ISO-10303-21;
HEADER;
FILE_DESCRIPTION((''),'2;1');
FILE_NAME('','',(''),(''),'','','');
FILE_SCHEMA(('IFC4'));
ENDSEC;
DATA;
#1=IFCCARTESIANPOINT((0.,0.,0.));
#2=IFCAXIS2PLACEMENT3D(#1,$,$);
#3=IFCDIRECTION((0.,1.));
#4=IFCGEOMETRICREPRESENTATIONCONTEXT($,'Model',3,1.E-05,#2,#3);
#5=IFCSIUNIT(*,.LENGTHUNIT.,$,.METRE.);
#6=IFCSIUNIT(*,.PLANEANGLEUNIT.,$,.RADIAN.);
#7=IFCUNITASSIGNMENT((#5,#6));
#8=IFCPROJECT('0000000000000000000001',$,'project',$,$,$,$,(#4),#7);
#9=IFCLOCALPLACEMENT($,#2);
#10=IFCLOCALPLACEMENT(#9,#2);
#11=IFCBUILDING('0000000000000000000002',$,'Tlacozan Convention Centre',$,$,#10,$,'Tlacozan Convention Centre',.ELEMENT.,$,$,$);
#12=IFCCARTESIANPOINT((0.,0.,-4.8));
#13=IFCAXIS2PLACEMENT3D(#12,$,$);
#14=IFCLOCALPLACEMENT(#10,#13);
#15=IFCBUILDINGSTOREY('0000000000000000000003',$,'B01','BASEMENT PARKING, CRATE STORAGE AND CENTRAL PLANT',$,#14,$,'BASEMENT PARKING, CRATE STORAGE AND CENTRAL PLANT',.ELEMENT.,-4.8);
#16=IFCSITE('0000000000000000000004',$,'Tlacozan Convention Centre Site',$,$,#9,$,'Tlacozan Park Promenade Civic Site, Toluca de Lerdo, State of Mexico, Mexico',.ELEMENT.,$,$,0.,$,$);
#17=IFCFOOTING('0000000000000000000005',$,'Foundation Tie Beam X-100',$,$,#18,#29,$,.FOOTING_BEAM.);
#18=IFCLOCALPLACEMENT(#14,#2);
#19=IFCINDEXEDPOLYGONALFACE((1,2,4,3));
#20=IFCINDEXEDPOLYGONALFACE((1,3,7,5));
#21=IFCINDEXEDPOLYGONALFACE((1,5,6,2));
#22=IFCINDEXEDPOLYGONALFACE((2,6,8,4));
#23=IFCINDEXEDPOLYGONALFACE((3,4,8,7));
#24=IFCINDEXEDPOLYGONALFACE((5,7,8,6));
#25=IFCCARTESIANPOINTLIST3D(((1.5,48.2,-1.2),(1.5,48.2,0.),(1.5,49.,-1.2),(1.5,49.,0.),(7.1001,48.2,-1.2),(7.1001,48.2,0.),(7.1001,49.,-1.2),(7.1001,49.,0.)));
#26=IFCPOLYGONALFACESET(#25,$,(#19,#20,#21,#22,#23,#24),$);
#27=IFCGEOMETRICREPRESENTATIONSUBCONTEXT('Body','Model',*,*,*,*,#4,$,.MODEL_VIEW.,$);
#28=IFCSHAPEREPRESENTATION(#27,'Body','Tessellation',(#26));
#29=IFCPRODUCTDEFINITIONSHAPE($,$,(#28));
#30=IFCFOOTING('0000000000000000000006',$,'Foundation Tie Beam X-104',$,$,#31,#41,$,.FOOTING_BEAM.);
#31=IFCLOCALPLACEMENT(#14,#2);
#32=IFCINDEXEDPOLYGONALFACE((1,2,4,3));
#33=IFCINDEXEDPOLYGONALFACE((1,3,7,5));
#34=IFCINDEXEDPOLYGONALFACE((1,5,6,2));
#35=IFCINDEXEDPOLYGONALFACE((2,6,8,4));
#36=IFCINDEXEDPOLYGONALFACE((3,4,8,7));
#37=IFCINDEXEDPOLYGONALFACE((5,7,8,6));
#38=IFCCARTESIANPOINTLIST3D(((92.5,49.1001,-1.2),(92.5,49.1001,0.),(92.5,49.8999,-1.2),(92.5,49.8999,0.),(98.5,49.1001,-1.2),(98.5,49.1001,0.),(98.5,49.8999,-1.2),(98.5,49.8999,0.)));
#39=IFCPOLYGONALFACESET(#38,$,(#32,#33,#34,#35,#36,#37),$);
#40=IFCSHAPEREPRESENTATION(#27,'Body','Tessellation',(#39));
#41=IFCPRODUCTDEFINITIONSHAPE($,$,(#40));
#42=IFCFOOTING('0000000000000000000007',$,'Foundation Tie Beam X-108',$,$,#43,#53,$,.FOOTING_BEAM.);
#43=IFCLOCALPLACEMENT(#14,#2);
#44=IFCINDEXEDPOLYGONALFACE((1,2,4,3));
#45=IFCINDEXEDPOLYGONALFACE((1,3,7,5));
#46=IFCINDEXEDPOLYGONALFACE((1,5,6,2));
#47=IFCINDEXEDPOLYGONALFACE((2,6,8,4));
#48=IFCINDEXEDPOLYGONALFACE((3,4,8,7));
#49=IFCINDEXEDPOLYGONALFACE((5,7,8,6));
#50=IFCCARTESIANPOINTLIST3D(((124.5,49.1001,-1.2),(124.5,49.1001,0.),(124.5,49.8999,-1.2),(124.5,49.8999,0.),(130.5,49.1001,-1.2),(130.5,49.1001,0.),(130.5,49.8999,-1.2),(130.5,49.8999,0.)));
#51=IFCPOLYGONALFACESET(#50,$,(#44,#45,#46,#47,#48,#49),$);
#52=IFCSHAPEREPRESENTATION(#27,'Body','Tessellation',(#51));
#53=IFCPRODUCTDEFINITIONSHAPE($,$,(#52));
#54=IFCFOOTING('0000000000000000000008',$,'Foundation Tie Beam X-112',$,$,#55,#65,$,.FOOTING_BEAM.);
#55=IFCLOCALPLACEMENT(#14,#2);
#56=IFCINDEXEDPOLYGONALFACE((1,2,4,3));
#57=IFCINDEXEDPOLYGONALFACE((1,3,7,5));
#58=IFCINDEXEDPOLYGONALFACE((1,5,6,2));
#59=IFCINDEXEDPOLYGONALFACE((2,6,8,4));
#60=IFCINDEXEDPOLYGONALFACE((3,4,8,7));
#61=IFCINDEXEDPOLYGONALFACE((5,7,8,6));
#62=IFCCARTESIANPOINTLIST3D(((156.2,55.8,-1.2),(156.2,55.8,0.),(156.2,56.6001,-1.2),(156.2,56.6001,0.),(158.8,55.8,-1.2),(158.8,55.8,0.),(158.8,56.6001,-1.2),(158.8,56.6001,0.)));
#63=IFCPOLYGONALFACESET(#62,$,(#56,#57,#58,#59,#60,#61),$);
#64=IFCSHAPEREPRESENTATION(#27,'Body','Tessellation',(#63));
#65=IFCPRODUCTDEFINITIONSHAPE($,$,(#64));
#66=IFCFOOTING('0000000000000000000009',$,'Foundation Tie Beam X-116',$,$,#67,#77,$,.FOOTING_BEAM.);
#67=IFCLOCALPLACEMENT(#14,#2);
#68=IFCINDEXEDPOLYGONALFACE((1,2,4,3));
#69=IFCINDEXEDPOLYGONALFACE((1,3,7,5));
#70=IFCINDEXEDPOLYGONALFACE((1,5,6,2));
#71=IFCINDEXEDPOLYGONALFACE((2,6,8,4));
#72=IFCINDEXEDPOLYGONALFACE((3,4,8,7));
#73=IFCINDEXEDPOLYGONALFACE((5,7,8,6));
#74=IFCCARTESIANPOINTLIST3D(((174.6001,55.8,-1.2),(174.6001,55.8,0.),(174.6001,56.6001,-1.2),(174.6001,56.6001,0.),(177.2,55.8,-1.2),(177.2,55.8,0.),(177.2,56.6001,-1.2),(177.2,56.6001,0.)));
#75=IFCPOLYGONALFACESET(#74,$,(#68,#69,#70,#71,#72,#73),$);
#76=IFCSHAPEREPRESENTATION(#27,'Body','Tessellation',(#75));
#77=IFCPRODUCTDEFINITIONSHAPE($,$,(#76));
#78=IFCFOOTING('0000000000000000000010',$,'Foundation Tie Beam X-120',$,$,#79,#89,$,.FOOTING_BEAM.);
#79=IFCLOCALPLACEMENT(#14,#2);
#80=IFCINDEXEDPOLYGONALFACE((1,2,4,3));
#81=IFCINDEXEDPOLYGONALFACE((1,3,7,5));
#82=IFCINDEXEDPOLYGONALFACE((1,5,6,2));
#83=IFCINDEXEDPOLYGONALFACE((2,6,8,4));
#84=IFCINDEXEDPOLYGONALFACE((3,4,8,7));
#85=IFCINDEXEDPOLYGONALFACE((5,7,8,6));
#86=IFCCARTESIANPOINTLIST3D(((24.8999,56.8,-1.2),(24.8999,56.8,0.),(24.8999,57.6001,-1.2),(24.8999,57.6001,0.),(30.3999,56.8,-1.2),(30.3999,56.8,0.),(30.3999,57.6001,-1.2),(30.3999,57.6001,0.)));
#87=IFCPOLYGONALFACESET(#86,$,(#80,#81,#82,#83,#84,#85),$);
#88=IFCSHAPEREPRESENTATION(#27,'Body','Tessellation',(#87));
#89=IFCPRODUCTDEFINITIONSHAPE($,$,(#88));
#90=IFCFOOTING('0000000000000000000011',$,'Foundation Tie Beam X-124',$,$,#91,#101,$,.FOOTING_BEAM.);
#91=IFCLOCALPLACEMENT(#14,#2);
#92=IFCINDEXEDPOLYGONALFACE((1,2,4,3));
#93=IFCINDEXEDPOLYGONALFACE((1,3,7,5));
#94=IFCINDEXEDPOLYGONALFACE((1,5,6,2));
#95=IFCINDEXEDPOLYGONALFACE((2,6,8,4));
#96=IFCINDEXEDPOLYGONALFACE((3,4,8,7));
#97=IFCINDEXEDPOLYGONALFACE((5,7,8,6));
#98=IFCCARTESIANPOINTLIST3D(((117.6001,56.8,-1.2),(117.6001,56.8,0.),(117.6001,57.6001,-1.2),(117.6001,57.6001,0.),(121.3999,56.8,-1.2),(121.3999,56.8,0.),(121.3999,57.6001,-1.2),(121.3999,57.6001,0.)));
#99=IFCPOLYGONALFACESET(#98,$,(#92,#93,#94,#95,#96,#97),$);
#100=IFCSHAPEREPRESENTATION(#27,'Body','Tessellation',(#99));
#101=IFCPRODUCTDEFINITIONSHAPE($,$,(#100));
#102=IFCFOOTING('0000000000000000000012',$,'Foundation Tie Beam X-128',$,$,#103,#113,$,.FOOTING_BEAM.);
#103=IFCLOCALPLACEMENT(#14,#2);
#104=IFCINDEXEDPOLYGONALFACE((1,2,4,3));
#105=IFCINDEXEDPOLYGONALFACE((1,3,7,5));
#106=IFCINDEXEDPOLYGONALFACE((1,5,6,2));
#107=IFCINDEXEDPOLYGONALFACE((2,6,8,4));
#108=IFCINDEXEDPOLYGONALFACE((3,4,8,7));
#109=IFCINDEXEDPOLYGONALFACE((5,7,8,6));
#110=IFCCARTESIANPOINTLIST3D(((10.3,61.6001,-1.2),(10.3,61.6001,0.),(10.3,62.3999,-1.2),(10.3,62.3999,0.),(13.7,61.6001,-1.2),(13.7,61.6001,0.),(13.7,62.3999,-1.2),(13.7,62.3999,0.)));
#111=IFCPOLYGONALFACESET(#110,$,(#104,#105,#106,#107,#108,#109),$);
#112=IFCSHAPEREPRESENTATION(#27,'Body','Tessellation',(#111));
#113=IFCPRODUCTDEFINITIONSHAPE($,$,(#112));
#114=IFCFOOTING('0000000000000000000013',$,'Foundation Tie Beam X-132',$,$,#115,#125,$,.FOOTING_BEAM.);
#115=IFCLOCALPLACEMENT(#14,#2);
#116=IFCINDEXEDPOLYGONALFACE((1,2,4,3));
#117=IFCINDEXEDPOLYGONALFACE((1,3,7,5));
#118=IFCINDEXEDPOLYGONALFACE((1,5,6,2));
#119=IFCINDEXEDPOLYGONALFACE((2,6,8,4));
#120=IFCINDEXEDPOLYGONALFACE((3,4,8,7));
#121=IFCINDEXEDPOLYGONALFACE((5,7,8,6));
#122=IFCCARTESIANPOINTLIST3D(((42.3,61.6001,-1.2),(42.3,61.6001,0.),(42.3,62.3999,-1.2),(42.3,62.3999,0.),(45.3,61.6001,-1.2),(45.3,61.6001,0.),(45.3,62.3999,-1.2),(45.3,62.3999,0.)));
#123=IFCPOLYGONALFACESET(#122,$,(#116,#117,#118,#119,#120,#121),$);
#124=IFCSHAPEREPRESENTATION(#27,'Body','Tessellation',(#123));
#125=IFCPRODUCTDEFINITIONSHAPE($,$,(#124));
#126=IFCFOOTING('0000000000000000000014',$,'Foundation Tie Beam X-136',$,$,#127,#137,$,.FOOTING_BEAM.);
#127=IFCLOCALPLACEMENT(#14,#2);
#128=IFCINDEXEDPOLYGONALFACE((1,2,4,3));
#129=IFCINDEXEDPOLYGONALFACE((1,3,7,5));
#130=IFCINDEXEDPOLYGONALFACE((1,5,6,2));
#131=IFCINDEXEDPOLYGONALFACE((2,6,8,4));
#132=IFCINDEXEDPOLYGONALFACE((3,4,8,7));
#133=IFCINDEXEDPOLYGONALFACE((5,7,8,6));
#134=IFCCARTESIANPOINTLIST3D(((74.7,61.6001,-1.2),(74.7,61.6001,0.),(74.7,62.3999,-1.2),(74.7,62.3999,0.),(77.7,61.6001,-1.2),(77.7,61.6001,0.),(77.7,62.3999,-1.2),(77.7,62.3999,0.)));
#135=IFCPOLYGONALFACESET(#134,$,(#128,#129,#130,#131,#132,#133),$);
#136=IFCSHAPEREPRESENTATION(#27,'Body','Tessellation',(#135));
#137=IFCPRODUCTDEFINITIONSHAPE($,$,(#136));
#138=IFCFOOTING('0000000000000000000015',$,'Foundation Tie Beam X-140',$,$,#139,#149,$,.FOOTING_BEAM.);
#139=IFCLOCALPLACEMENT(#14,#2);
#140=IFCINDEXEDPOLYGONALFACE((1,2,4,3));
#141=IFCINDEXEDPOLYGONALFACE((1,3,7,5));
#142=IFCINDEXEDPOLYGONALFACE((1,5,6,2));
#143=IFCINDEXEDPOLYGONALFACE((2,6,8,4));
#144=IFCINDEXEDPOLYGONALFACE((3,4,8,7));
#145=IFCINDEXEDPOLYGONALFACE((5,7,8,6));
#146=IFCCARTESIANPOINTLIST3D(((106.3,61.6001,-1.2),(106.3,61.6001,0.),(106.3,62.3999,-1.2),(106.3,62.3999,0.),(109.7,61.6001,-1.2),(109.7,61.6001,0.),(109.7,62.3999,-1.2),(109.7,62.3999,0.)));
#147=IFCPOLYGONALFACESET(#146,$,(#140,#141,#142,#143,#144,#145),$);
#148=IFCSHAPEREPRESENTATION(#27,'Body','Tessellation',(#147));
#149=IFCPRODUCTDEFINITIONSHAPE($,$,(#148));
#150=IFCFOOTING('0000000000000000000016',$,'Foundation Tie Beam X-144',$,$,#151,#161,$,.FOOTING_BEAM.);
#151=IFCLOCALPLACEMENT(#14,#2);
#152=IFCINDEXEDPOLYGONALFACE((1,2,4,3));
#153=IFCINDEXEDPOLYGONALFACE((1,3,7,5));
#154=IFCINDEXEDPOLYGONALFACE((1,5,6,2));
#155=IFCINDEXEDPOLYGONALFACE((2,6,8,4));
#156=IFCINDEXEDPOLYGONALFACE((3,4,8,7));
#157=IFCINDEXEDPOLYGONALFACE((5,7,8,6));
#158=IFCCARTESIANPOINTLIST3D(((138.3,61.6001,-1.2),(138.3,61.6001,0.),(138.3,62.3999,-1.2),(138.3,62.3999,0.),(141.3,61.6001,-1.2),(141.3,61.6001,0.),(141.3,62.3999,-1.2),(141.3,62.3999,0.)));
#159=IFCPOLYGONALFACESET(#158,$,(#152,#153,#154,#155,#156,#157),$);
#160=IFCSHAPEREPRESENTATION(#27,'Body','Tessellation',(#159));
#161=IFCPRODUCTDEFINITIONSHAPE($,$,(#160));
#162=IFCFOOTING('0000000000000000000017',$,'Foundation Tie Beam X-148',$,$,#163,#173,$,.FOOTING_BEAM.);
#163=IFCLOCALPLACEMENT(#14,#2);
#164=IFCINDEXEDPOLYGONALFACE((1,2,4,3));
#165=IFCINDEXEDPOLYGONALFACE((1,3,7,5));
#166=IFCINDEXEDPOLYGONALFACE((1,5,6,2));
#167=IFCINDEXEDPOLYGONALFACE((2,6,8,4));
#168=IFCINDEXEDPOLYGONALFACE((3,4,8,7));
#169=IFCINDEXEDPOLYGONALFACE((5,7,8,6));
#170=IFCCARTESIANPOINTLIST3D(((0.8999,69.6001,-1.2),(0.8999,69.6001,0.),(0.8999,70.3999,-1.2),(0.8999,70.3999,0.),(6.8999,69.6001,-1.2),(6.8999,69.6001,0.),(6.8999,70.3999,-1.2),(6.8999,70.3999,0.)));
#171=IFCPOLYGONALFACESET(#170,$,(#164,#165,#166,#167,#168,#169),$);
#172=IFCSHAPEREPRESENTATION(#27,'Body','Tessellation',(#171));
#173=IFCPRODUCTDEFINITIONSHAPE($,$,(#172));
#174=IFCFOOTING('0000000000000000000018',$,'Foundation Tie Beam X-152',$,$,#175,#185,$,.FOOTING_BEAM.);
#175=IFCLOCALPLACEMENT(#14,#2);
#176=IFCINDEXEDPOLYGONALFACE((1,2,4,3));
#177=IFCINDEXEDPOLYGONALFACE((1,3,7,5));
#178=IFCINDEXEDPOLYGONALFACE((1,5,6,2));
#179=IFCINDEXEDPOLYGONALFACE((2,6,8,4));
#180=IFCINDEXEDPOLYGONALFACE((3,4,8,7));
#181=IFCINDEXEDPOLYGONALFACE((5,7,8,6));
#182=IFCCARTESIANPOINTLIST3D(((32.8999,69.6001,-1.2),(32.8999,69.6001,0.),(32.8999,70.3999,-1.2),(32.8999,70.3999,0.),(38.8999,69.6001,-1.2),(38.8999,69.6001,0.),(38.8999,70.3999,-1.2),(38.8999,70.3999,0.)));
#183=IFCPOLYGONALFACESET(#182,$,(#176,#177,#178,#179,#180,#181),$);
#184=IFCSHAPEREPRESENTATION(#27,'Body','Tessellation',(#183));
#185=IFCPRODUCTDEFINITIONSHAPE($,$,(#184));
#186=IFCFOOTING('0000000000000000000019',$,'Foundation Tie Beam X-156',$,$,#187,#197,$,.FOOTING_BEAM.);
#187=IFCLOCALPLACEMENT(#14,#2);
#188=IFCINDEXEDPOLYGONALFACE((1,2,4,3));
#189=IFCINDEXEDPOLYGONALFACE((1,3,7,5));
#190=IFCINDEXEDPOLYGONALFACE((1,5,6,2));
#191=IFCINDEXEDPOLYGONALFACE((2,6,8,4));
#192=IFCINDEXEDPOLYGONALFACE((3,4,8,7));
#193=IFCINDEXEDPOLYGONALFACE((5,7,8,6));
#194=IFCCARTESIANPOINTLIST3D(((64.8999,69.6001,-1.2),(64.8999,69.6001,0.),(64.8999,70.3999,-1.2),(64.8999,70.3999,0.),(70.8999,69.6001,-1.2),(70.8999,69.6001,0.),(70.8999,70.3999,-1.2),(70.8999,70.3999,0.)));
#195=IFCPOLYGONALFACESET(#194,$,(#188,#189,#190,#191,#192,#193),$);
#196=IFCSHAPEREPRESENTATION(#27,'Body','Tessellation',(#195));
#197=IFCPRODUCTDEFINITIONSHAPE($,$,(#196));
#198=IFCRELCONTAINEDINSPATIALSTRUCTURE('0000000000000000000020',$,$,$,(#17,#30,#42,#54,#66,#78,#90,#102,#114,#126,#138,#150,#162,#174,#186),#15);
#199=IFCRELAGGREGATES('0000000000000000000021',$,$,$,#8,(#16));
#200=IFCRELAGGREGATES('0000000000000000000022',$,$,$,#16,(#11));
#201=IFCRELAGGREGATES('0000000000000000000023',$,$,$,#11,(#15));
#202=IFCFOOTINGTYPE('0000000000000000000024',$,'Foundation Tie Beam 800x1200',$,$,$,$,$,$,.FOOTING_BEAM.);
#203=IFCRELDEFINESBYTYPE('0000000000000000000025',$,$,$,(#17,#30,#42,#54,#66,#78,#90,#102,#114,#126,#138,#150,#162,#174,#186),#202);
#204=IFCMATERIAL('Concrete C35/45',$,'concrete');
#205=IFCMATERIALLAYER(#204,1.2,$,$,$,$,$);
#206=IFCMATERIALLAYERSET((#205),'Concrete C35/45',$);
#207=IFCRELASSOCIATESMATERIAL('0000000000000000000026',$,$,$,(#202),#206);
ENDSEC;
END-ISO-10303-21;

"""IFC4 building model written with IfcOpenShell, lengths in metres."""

from ifc_helpers import new_model, si_unit, direction, frame, origin, place, context, subcontext, project, spatial, polyline, outline, extrude, material, layer, layer_set, type_object, element, save


model = new_model("IFC4")

# Units and contexts
model_context = context("Model", 3, precision=1e-05, world=origin(), true_north=direction((0.0, 1.0)))
body_context = subcontext(model_context, "Body", "Model", "MODEL_VIEW")
ifc_project = project(units=[si_unit("LENGTHUNIT", "METRE"), si_unit("PLANEANGLEUNIT", "RADIAN")], contexts=[model_context])

# Site, building, storey
site_placement = place(None, origin())
site = spatial("IfcSite", under=ifc_project, at=site_placement, Name="Tlacozan Convention Centre Site", LongName="Tlacozan Park Promenade Civic Site, Toluca de Lerdo, State of Mexico, Mexico", CompositionType="ELEMENT", RefElevation=0.0)
building_placement = place(site_placement, origin())
building = spatial("IfcBuilding", under=site, at=building_placement, Name="Tlacozan Convention Centre", LongName="Tlacozan Convention Centre", CompositionType="ELEMENT")
storey_placement = place(building_placement, frame((0.0, 0.0, -4.8)))
storey = spatial("IfcBuildingStorey", under=building, at=storey_placement, Name="B01", Description="BASEMENT PARKING, CRATE STORAGE AND CENTRAL PLANT", LongName="BASEMENT PARKING, CRATE STORAGE AND CENTRAL PLANT", CompositionType="ELEMENT", Elevation=-4.8)

# Footings
ifc_material = material(Name="Concrete C35/45", Category="concrete")
ifc_layer = layer(ifc_material, 1.2)
ifc_layer_set = layer_set([ifc_layer], Name="Concrete C35/45")
footing_type = type_object("IfcFootingType", Name="Foundation Tie Beam 800x1200", PredefinedType="FOOTING_BEAM", material=ifc_layer_set)
footing_1_placement = place(storey_placement, frame((0.0, 0.0, -1.2)))
element("IfcFooting", 1, at=footing_1_placement, inside=storey, type_object=footing_type, Name="Foundation Tie Beam X-100", PredefinedType="FOOTING_BEAM", context=body_context, shape_type="SweptSolid", body=[
    extrude(outline(polyline([(1.5, 48.2), (7.1001, 48.2), (7.1001, 49.0), (1.5, 49.0), (1.5, 48.2)])), origin(), (0.0, 0.0, 1.0), 1.2),
])
footing_2_placement = place(storey_placement, frame((0.0, 0.0, -1.2)))
element("IfcFooting", 2, at=footing_2_placement, inside=storey, type_object=footing_type, Name="Foundation Tie Beam X-104", PredefinedType="FOOTING_BEAM", context=body_context, shape_type="SweptSolid", body=[
    extrude(outline(polyline([(92.5, 49.1001), (98.5, 49.1001), (98.5, 49.8999), (92.5, 49.8999), (92.5, 49.1001)])), origin(), (0.0, 0.0, 1.0), 1.2),
])
footing_3_placement = place(storey_placement, frame((0.0, 0.0, -1.2)))
element("IfcFooting", 3, at=footing_3_placement, inside=storey, type_object=footing_type, Name="Foundation Tie Beam X-108", PredefinedType="FOOTING_BEAM", context=body_context, shape_type="SweptSolid", body=[
    extrude(outline(polyline([(124.5, 49.1001), (130.5, 49.1001), (130.5, 49.8999), (124.5, 49.8999), (124.5, 49.1001)])), origin(), (0.0, 0.0, 1.0), 1.2),
])
footing_4_placement = place(storey_placement, frame((0.0, 0.0, -1.2)))
element("IfcFooting", 4, at=footing_4_placement, inside=storey, type_object=footing_type, Name="Foundation Tie Beam X-112", PredefinedType="FOOTING_BEAM", context=body_context, shape_type="SweptSolid", body=[
    extrude(outline(polyline([(156.2, 55.8), (158.8, 55.8), (158.8, 56.6001), (156.2, 56.6001), (156.2, 55.8)])), origin(), (0.0, 0.0, 1.0), 1.2),
])
footing_5_placement = place(storey_placement, frame((0.0, 0.0, -1.2)))
element("IfcFooting", 5, at=footing_5_placement, inside=storey, type_object=footing_type, Name="Foundation Tie Beam X-116", PredefinedType="FOOTING_BEAM", context=body_context, shape_type="SweptSolid", body=[
    extrude(outline(polyline([(174.6001, 55.8), (177.2, 55.8), (177.2, 56.6001), (174.6001, 56.6001), (174.6001, 55.8)])), origin(), (0.0, 0.0, 1.0), 1.2),
])
footing_6_placement = place(storey_placement, frame((0.0, 0.0, -1.2)))
element("IfcFooting", 6, at=footing_6_placement, inside=storey, type_object=footing_type, Name="Foundation Tie Beam X-120", PredefinedType="FOOTING_BEAM", context=body_context, shape_type="SweptSolid", body=[
    extrude(outline(polyline([(24.8999, 56.8), (30.3999, 56.8), (30.3999, 57.6001), (24.8999, 57.6001), (24.8999, 56.8)])), origin(), (0.0, 0.0, 1.0), 1.2),
])
footing_7_placement = place(storey_placement, frame((0.0, 0.0, -1.2)))
element("IfcFooting", 7, at=footing_7_placement, inside=storey, type_object=footing_type, Name="Foundation Tie Beam X-124", PredefinedType="FOOTING_BEAM", context=body_context, shape_type="SweptSolid", body=[
    extrude(outline(polyline([(117.6001, 56.8), (121.3999, 56.8), (121.3999, 57.6001), (117.6001, 57.6001), (117.6001, 56.8)])), origin(), (0.0, 0.0, 1.0), 1.2),
])
footing_8_placement = place(storey_placement, frame((0.0, 0.0, -1.2)))
element("IfcFooting", 8, at=footing_8_placement, inside=storey, type_object=footing_type, Name="Foundation Tie Beam X-128", PredefinedType="FOOTING_BEAM", context=body_context, shape_type="SweptSolid", body=[
    extrude(outline(polyline([(10.3, 61.6001), (13.7, 61.6001), (13.7, 62.3999), (10.3, 62.3999), (10.3, 61.6001)])), origin(), (0.0, 0.0, 1.0), 1.2),
])
footing_9_placement = place(storey_placement, frame((0.0, 0.0, -1.2)))
element("IfcFooting", 9, at=footing_9_placement, inside=storey, type_object=footing_type, Name="Foundation Tie Beam X-132", PredefinedType="FOOTING_BEAM", context=body_context, shape_type="SweptSolid", body=[
    extrude(outline(polyline([(42.3, 61.6001), (45.3, 61.6001), (45.3, 62.3999), (42.3, 62.3999), (42.3, 61.6001)])), origin(), (0.0, 0.0, 1.0), 1.2),
])
footing_10_placement = place(storey_placement, frame((0.0, 0.0, -1.2)))
element("IfcFooting", 10, at=footing_10_placement, inside=storey, type_object=footing_type, Name="Foundation Tie Beam X-136", PredefinedType="FOOTING_BEAM", context=body_context, shape_type="SweptSolid", body=[
    extrude(outline(polyline([(74.7, 61.6001), (77.7, 61.6001), (77.7, 62.3999), (74.7, 62.3999), (74.7, 61.6001)])), origin(), (0.0, 0.0, 1.0), 1.2),
])
footing_11_placement = place(storey_placement, frame((0.0, 0.0, -1.2)))
element("IfcFooting", 11, at=footing_11_placement, inside=storey, type_object=footing_type, Name="Foundation Tie Beam X-140", PredefinedType="FOOTING_BEAM", context=body_context, shape_type="SweptSolid", body=[
    extrude(outline(polyline([(106.3, 61.6001), (109.7, 61.6001), (109.7, 62.3999), (106.3, 62.3999), (106.3, 61.6001)])), origin(), (0.0, 0.0, 1.0), 1.2),
])
footing_12_placement = place(storey_placement, frame((0.0, 0.0, -1.2)))
element("IfcFooting", 12, at=footing_12_placement, inside=storey, type_object=footing_type, Name="Foundation Tie Beam X-144", PredefinedType="FOOTING_BEAM", context=body_context, shape_type="SweptSolid", body=[
    extrude(outline(polyline([(138.3, 61.6001), (141.3, 61.6001), (141.3, 62.3999), (138.3, 62.3999), (138.3, 61.6001)])), origin(), (0.0, 0.0, 1.0), 1.2),
])
footing_13_placement = place(storey_placement, frame((0.0, 0.0, -1.2)))
element("IfcFooting", 13, at=footing_13_placement, inside=storey, type_object=footing_type, Name="Foundation Tie Beam X-148", PredefinedType="FOOTING_BEAM", context=body_context, shape_type="SweptSolid", body=[
    extrude(outline(polyline([(0.8999, 69.6001), (6.8999, 69.6001), (6.8999, 70.3999), (0.8999, 70.3999), (0.8999, 69.6001)])), origin(), (0.0, 0.0, 1.0), 1.2),
])
footing_14_placement = place(storey_placement, frame((0.0, 0.0, -1.2)))
element("IfcFooting", 14, at=footing_14_placement, inside=storey, type_object=footing_type, Name="Foundation Tie Beam X-152", PredefinedType="FOOTING_BEAM", context=body_context, shape_type="SweptSolid", body=[
    extrude(outline(polyline([(32.8999, 69.6001), (38.8999, 69.6001), (38.8999, 70.3999), (32.8999, 70.3999), (32.8999, 69.6001)])), origin(), (0.0, 0.0, 1.0), 1.2),
])
footing_15_placement = place(storey_placement, frame((0.0, 0.0, -1.2)))
element("IfcFooting", 15, at=footing_15_placement, inside=storey, type_object=footing_type, Name="Foundation Tie Beam X-156", PredefinedType="FOOTING_BEAM", context=body_context, shape_type="SweptSolid", body=[
    extrude(outline(polyline([(64.8999, 69.6001), (70.8999, 69.6001), (70.8999, 70.3999), (64.8999, 70.3999), (64.8999, 69.6001)])), origin(), (0.0, 0.0, 1.0), 1.2),
])

save(model, "model.ifc")
